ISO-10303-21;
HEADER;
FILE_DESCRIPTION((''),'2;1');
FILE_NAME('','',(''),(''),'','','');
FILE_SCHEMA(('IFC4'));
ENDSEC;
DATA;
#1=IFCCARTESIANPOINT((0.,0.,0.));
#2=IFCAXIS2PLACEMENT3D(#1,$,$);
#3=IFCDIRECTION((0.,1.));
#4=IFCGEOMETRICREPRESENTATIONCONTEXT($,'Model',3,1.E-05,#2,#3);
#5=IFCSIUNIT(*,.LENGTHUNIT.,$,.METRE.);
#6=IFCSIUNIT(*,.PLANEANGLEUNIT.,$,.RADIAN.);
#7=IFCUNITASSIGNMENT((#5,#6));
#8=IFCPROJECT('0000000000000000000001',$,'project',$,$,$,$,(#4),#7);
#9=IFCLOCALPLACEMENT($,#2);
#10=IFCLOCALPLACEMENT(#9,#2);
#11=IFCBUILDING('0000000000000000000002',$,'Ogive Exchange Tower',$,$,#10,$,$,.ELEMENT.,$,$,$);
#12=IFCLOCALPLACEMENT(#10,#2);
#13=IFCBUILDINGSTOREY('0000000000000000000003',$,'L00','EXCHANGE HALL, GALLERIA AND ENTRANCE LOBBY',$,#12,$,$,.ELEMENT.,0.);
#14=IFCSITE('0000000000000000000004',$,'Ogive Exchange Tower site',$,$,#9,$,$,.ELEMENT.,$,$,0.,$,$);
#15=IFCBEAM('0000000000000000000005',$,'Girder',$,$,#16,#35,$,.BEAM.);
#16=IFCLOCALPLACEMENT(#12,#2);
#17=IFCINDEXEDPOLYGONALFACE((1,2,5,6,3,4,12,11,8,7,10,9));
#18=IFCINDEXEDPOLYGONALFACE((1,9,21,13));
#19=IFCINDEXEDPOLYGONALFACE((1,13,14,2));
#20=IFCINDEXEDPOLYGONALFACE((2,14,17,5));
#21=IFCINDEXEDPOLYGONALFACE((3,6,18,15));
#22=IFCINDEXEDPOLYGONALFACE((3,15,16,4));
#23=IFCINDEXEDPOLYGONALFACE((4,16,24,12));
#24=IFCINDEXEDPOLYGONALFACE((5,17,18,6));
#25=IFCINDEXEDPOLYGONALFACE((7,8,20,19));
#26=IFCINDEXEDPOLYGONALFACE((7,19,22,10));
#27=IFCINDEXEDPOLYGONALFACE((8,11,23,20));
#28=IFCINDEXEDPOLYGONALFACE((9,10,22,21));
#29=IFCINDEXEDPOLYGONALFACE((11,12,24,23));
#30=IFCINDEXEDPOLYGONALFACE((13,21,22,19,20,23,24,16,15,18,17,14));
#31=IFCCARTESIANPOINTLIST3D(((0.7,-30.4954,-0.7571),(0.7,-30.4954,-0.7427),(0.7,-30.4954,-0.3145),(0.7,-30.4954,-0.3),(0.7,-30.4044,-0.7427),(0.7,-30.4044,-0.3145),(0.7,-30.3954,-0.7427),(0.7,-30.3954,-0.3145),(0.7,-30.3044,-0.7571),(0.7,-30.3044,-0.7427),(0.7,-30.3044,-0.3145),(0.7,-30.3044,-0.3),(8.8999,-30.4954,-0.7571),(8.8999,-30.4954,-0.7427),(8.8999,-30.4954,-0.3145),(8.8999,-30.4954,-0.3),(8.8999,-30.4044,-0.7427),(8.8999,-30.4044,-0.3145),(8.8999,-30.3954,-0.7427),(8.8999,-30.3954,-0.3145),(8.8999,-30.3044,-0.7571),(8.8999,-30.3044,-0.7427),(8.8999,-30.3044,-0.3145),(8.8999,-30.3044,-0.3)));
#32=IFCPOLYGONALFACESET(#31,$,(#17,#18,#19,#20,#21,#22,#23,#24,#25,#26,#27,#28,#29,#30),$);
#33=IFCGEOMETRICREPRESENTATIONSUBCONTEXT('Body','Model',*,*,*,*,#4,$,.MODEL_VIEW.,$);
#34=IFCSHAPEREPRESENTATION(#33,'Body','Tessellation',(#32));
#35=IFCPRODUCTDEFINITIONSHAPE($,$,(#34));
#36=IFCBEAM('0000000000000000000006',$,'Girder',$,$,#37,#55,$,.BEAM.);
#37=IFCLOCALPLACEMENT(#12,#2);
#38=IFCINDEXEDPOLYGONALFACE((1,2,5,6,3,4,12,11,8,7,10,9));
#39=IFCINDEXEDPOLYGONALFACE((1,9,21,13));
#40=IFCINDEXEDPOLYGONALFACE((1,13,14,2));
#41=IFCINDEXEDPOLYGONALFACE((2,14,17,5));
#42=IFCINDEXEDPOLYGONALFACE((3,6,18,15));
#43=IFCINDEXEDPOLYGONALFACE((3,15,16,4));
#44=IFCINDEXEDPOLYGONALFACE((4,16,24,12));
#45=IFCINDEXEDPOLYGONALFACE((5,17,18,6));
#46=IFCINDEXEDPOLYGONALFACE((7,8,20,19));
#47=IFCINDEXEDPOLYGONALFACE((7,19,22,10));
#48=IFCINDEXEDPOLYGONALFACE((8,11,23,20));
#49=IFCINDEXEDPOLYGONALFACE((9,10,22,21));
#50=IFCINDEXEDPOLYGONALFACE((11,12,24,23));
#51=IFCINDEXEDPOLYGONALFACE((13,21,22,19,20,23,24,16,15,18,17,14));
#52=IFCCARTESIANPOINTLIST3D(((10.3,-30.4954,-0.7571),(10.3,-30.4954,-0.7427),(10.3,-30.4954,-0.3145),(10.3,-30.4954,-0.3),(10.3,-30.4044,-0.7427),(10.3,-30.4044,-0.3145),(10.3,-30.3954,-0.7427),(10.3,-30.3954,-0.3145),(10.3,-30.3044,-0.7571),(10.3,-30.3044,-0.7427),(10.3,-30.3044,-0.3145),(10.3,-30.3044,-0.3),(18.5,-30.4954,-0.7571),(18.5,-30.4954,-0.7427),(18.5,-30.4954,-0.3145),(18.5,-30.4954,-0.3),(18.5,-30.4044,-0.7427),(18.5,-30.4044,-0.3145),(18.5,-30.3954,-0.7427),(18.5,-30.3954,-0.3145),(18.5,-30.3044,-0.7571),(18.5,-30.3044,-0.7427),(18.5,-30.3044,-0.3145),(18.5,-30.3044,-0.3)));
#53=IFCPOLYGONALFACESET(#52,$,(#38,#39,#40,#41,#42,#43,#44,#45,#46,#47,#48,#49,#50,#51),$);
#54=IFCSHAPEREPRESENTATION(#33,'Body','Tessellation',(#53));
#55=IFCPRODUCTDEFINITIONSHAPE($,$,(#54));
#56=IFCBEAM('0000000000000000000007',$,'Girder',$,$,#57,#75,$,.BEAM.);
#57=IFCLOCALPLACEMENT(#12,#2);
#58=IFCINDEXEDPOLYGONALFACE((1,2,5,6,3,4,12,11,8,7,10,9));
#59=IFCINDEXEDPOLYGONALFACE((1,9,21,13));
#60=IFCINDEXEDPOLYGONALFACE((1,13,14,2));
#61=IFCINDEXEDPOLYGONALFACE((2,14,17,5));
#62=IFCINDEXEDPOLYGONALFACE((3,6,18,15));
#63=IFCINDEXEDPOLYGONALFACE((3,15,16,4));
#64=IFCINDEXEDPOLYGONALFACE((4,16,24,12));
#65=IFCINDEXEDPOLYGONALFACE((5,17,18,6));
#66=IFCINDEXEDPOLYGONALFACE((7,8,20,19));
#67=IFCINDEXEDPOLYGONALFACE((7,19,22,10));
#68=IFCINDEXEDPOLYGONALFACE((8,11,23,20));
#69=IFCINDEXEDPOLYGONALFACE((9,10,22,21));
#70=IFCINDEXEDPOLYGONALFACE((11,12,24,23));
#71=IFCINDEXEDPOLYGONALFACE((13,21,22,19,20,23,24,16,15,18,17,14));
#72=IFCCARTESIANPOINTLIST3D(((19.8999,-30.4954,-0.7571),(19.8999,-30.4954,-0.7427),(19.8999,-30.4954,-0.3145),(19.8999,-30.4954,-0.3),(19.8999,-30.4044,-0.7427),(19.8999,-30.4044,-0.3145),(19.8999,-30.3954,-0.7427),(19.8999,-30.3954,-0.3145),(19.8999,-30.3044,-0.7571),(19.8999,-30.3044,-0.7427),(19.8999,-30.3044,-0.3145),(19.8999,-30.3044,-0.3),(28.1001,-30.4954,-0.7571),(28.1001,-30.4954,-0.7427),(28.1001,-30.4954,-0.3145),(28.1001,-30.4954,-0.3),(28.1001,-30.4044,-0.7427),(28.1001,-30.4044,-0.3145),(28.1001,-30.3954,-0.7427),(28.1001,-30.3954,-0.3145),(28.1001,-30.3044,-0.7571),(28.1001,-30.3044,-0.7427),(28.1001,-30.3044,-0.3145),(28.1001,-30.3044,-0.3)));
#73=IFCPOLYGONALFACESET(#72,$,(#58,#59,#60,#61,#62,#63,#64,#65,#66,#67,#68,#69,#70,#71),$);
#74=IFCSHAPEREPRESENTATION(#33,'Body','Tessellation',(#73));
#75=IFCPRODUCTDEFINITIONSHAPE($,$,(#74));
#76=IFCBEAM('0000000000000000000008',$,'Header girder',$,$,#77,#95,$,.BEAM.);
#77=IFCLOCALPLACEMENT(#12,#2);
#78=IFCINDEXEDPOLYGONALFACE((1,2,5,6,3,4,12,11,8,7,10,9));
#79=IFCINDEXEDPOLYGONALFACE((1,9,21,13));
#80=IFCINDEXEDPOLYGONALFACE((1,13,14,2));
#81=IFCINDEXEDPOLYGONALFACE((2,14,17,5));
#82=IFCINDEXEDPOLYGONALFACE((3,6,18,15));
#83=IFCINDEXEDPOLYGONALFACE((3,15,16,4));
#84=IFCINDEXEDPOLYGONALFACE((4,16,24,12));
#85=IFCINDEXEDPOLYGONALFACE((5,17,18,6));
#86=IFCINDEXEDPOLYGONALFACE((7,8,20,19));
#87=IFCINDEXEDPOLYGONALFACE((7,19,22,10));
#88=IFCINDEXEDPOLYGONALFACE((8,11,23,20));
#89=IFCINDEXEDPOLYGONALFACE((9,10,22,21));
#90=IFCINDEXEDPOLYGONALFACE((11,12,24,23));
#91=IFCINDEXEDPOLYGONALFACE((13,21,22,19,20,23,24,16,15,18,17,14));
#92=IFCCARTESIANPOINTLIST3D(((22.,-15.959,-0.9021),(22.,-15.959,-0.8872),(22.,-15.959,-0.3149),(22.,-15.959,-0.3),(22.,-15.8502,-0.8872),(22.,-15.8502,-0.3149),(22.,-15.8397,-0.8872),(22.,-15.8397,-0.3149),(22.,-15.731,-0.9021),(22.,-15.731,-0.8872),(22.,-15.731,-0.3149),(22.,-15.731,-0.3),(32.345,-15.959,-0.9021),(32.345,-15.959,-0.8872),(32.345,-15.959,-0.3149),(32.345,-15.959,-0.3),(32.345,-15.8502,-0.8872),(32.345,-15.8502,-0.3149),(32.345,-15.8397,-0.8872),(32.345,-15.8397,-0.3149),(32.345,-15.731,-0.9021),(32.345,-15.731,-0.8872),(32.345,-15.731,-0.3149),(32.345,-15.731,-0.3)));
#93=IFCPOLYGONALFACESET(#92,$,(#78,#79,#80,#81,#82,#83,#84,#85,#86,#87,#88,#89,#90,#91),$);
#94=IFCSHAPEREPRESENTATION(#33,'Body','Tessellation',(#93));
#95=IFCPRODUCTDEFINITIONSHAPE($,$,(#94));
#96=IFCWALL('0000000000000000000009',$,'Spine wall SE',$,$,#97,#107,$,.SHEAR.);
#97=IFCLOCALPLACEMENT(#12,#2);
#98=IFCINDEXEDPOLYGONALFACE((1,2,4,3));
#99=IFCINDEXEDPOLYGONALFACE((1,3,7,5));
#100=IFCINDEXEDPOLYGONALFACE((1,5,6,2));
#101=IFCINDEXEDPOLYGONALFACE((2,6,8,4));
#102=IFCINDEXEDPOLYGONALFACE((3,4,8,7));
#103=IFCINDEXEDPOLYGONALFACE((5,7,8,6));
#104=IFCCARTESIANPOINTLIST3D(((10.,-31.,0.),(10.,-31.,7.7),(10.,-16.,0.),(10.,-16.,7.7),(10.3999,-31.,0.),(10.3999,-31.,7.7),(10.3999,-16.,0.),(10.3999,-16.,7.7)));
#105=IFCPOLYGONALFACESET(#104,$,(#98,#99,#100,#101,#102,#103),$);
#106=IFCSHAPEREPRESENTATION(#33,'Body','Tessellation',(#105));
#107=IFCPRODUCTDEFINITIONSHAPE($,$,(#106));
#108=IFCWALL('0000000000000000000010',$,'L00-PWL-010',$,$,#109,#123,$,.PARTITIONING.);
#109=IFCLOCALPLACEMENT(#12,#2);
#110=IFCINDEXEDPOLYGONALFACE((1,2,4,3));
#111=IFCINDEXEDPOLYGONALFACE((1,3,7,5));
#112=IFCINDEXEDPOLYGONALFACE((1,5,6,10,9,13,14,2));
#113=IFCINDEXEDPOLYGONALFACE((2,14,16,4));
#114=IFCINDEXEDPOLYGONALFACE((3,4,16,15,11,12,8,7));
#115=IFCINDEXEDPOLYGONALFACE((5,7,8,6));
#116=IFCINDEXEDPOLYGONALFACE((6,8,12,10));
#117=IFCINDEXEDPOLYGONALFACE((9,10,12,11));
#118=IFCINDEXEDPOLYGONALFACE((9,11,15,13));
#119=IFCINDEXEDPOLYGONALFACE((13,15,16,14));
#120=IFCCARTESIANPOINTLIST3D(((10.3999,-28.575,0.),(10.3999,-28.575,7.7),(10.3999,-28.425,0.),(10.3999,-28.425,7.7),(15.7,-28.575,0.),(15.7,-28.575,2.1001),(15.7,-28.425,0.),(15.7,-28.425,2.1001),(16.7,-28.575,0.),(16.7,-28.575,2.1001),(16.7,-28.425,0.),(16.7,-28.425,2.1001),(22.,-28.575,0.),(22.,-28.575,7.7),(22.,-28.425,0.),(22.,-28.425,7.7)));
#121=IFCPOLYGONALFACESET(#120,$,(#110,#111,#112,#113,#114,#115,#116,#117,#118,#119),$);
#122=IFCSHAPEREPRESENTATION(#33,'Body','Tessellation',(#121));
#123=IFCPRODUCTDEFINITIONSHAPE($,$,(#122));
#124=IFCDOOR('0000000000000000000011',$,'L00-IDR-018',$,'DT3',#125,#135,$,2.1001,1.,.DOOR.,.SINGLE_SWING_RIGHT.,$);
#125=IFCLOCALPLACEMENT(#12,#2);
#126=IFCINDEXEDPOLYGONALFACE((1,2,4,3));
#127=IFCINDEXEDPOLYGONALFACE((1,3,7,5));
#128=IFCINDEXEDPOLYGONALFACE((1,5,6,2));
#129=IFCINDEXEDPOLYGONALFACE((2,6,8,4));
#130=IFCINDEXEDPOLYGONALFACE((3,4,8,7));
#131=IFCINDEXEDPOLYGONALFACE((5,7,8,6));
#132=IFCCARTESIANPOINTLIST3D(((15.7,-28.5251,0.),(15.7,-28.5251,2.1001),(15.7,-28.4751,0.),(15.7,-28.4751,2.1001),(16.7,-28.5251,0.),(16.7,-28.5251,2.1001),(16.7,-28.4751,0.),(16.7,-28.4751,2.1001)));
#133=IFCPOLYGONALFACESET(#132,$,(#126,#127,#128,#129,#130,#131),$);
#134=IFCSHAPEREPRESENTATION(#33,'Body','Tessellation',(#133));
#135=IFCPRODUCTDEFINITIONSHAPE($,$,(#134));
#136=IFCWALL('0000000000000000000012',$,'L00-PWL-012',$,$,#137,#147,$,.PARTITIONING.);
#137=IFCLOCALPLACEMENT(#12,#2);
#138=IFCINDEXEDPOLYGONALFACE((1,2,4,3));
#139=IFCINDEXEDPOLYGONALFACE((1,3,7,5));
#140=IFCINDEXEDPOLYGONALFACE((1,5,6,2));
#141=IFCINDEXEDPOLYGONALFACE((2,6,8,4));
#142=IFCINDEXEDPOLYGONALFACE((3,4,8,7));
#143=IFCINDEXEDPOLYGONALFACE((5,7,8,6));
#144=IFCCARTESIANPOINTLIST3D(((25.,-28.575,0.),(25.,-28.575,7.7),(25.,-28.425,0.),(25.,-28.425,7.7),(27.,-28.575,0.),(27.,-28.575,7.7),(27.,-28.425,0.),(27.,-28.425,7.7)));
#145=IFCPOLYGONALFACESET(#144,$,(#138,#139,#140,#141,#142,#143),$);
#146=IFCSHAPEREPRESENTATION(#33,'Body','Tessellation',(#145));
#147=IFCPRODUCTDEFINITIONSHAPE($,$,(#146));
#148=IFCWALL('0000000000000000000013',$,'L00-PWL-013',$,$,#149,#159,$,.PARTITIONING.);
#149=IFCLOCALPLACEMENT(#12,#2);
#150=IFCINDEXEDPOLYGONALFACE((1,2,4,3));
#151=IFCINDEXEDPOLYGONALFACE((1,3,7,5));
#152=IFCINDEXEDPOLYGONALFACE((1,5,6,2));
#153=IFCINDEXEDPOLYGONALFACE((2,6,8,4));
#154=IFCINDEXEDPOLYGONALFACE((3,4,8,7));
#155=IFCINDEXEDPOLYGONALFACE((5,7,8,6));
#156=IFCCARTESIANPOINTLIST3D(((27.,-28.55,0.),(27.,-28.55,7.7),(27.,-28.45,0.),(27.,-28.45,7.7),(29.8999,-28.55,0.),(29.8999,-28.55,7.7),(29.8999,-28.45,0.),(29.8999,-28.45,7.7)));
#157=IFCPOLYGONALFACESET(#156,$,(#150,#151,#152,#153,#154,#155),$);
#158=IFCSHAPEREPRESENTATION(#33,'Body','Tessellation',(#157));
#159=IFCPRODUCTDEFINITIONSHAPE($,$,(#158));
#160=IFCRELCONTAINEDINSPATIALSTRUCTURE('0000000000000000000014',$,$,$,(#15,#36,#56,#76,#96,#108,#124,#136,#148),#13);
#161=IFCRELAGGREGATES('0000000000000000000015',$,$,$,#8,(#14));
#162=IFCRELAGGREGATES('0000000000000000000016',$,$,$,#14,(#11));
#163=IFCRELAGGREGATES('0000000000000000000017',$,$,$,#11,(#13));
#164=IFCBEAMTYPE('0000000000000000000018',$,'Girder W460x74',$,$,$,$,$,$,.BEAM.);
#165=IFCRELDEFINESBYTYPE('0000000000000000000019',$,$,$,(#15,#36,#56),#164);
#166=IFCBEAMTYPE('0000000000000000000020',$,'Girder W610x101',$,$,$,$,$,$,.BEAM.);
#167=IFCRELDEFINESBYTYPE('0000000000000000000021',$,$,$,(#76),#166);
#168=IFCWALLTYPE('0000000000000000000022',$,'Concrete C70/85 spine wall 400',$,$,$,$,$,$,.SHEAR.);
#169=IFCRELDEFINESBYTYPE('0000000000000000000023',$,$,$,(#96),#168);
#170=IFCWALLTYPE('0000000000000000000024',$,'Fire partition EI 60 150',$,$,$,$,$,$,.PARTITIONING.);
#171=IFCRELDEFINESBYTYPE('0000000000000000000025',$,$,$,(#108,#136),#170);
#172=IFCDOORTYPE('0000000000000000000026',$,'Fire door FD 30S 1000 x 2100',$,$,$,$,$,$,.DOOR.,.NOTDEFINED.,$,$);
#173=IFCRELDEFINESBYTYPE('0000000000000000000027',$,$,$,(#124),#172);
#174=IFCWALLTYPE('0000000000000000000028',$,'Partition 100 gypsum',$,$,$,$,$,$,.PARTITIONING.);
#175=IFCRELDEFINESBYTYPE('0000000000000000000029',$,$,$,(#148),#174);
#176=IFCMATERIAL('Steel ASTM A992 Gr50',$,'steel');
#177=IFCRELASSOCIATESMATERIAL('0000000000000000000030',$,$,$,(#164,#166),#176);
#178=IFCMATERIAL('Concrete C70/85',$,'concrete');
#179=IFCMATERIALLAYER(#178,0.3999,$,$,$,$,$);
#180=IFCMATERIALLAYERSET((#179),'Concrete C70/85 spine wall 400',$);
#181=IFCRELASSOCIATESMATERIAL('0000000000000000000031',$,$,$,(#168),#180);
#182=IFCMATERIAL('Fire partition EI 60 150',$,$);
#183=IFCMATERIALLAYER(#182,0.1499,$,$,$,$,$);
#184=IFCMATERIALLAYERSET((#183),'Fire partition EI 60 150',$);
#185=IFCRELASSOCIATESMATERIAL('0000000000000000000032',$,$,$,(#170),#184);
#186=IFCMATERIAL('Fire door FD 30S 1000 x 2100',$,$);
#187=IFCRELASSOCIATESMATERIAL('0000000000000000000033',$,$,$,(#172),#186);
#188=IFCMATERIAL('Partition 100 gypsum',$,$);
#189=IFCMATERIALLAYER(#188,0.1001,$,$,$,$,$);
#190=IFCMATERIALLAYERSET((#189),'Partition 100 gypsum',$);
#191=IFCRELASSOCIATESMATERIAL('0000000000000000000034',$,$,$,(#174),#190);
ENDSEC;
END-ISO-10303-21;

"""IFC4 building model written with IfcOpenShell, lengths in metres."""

from ifc_helpers import new_model, si_unit, direction, frame, frame_2d, origin, origin_2d, place, context, subcontext, project, spatial, rectangle, i_section, extrude, material, layer, layer_set, material_profile, profile_set, type_object, element, fill, save


model = new_model("IFC4")

# Units and contexts
model_context = context("Model", 3, precision=1e-05, world=origin(), true_north=direction((0.0, 1.0)))
body_context = subcontext(model_context, "Body", "Model", "MODEL_VIEW")
ifc_project = project(units=[si_unit("LENGTHUNIT", "METRE"), si_unit("PLANEANGLEUNIT", "RADIAN")], contexts=[model_context])

# Site, building, storey
site_placement = place(None, origin())
site = spatial("IfcSite", under=ifc_project, at=site_placement, Name="Ogive Exchange Tower site", CompositionType="ELEMENT", RefElevation=0.0)
building_placement = place(site_placement, origin())
building = spatial("IfcBuilding", under=site, at=building_placement, Name="Ogive Exchange Tower", CompositionType="ELEMENT")
storey_placement = place(building_placement, origin())
storey = spatial("IfcBuildingStorey", under=building, at=storey_placement, Name="L00", Description="EXCHANGE HALL, GALLERIA AND ENTRANCE LOBBY", CompositionType="ELEMENT", Elevation=0.0)

# Shared definitions
ifc_material_1 = material(Name="Concrete C70/85", Category="concrete")

# Beams
ifc_material_2 = material(Name="Steel ASTM A992 Gr50", Category="steel")
ifc_material_profile_1 = material_profile(ifc_material_2, i_section(OverallWidth=0.1909, OverallDepth=0.457, WebThickness=0.009, FlangeThickness=0.0144, at=origin_2d()), Name="W460x74")
ifc_profile_set_1 = profile_set([ifc_material_profile_1], Name="Steel ASTM A992 Gr50")
beam_type_1 = type_object("IfcBeamType", Name="Girder W460x74", PredefinedType="BEAM", material=ifc_profile_set_1)
for number, where, z_axis, x_axis, name in (
    (1, (0.7, -30.3999, -0.5286), (1.0, 0.0, 0.0), (0.0, 1.0, 0.0), "Girder"),
    (2, (10.3, -30.3999, -0.5286), (1.0, 0.0, 0.0), (0.0, 1.0, 0.0), "Girder"),
):
    element("IfcBeam", number, at=place(storey_placement, frame(where, z_axis=z_axis, x_axis=x_axis)), inside=storey, type_object=beam_type_1, Name=name, PredefinedType="BEAM", context=body_context, shape_type="SweptSolid", body=[
        extrude(i_section(OverallWidth=0.1909, OverallDepth=0.457, WebThickness=0.009, FlangeThickness=0.0144, at=origin_2d()), origin(), (0.0, 0.0, 1.0), 8.2),
    ])
beam_1_placement = place(storey_placement, frame((19.8999, -30.3999, -0.5286), z_axis=(1.0, 0.0, 0.0), x_axis=(0.0, 1.0, 0.0)))
element("IfcBeam", 3, at=beam_1_placement, inside=storey, type_object=beam_type_1, Name="Girder", PredefinedType="BEAM", context=body_context, shape_type="SweptSolid", body=[
    extrude(i_section(OverallWidth=0.1909, OverallDepth=0.457, WebThickness=0.009, FlangeThickness=0.0144, at=origin_2d()), origin(), (0.0, 0.0, 1.0), 8.2002),
])
ifc_material_profile_2 = material_profile(ifc_material_2, i_section(OverallWidth=0.228, OverallDepth=0.6021, WebThickness=0.0105, FlangeThickness=0.0149, at=origin_2d()), Name="W610x101")
ifc_profile_set_2 = profile_set([ifc_material_profile_2], Name="Steel ASTM A992 Gr50")
beam_type_2 = type_object("IfcBeamType", Name="Girder W610x101", PredefinedType="BEAM", material=ifc_profile_set_2)
beam_2_placement = place(storey_placement, frame((22.0, -15.845, -0.6011), z_axis=(1.0, 0.0, 0.0), x_axis=(0.0, 1.0, 0.0)))
element("IfcBeam", 4, at=beam_2_placement, inside=storey, type_object=beam_type_2, Name="Header girder", PredefinedType="BEAM", context=body_context, shape_type="SweptSolid", body=[
    extrude(i_section(OverallWidth=0.228, OverallDepth=0.6021, WebThickness=0.0105, FlangeThickness=0.0149, at=origin_2d()), origin(), (0.0, 0.0, 1.0), 10.345),
])

# Wall
ifc_layer_1 = layer(ifc_material_1, 0.3999)
ifc_layer_set_1 = layer_set([ifc_layer_1], Name="Concrete C70/85 spine wall 400")
wall_type_1 = type_object("IfcWallType", Name="Concrete C70/85 spine wall 400", PredefinedType="SHEAR", material=ifc_layer_set_1)
wall_1_placement = place(storey_placement, frame((10.2, -31.0, 0.0), z_axis=(0.0, 0.0, 1.0), x_axis=(0.0, 1.0, 0.0)))
element("IfcWall", 5, at=wall_1_placement, inside=storey, type_object=wall_type_1, Name="Spine wall SE", PredefinedType="SHEAR", context=body_context, shape_type="SweptSolid", body=[
    extrude(rectangle(XDim=15.0, YDim=0.3999, at=frame_2d((7.5, 0.0))), origin(), (0.0, 0.0, 1.0), 7.7),
])

# Wall, opening, door
ifc_material_3 = material(Name="Fire partition EI 60 150")
ifc_layer_2 = layer(ifc_material_3, 0.1499)
ifc_layer_set_2 = layer_set([ifc_layer_2], Name="Fire partition EI 60 150")
wall_type_2 = type_object("IfcWallType", Name="Fire partition EI 60 150", PredefinedType="PARTITIONING", material=ifc_layer_set_2)
wall_2_placement = place(storey_placement, frame((10.3999, -28.5, 0.0), z_axis=(0.0, 0.0, 1.0), x_axis=(1.0, 0.0, 0.0)))
wall_2 = element("IfcWall", 6, at=wall_2_placement, inside=storey, type_object=wall_type_2, Name="L00-PWL-010", PredefinedType="PARTITIONING", context=body_context, shape_type="SweptSolid", body=[
    extrude(rectangle(XDim=11.6001, YDim=0.1499, at=frame_2d((5.8, 0.0))), origin(), (0.0, 0.0, 1.0), 7.7),
])
opening_1_placement = place(wall_2_placement, frame((5.3, 0.0, 0.0)))
opening_1 = element("IfcOpeningElement", 7, at=opening_1_placement, cuts=wall_2, PredefinedType="OPENING", context=body_context, shape_type="SweptSolid", body=[
    extrude(rectangle(XDim=1.0, YDim=2.1001, at=frame_2d((0.5, 1.05))), frame((0.0, 0.085, 0.0), z_axis=(0.0, -1.0, 0.0), x_axis=(1.0, 0.0, 0.0)), (0.0, 0.0, 1.0), 0.1699),
])
ifc_material_4 = material(Name="Fire door FD 30S 1000 x 2100")
door_type_1 = type_object("IfcDoorType", Name="Fire door FD 30S 1000 x 2100", OperationType="NOTDEFINED", PredefinedType="DOOR", material=ifc_material_4)
door_1_placement = place(opening_1_placement, origin())
door_1 = element("IfcDoor", 8, at=door_1_placement, inside=storey, type_object=door_type_1, Name="L00-IDR-018", ObjectType="DT3", OperationType="SINGLE_SWING_RIGHT", OverallHeight=2.1001, OverallWidth=1.0, PredefinedType="DOOR", context=body_context, shape_type="SweptSolid", body=[
    extrude(rectangle(XDim=1.0, YDim=2.1001, at=frame_2d((0.5, 1.05))), frame((0.0, 0.0249, 0.0), z_axis=(0.0, -1.0, 0.0), x_axis=(1.0, 0.0, 0.0)), (0.0, 0.0, 1.0), 0.05),
])
fill(opening_1, door_1)

# Walls
wall_3_placement = place(storey_placement, frame((25.0, -28.5, 0.0), z_axis=(0.0, 0.0, 1.0), x_axis=(1.0, 0.0, 0.0)))
element("IfcWall", 9, at=wall_3_placement, inside=storey, type_object=wall_type_2, Name="L00-PWL-012", PredefinedType="PARTITIONING", context=body_context, shape_type="SweptSolid", body=[
    extrude(rectangle(XDim=2.0, YDim=0.1499, at=frame_2d((1.0, 0.0))), origin(), (0.0, 0.0, 1.0), 7.7),
])
ifc_material_5 = material(Name="Partition 100 gypsum")
ifc_layer_3 = layer(ifc_material_5, 0.1001)
ifc_layer_set_3 = layer_set([ifc_layer_3], Name="Partition 100 gypsum")
wall_type_3 = type_object("IfcWallType", Name="Partition 100 gypsum", PredefinedType="PARTITIONING", material=ifc_layer_set_3)
wall_4_placement = place(storey_placement, frame((27.0, -28.5, 0.0), z_axis=(0.0, 0.0, 1.0), x_axis=(1.0, 0.0, 0.0)))
element("IfcWall", 10, at=wall_4_placement, inside=storey, type_object=wall_type_3, Name="L00-PWL-013", PredefinedType="PARTITIONING", context=body_context, shape_type="SweptSolid", body=[
    extrude(rectangle(XDim=2.8999, YDim=0.1001, at=frame_2d((1.45, 0.0))), origin(), (0.0, 0.0, 1.0), 7.7),
])

save(model, "model.ifc")
